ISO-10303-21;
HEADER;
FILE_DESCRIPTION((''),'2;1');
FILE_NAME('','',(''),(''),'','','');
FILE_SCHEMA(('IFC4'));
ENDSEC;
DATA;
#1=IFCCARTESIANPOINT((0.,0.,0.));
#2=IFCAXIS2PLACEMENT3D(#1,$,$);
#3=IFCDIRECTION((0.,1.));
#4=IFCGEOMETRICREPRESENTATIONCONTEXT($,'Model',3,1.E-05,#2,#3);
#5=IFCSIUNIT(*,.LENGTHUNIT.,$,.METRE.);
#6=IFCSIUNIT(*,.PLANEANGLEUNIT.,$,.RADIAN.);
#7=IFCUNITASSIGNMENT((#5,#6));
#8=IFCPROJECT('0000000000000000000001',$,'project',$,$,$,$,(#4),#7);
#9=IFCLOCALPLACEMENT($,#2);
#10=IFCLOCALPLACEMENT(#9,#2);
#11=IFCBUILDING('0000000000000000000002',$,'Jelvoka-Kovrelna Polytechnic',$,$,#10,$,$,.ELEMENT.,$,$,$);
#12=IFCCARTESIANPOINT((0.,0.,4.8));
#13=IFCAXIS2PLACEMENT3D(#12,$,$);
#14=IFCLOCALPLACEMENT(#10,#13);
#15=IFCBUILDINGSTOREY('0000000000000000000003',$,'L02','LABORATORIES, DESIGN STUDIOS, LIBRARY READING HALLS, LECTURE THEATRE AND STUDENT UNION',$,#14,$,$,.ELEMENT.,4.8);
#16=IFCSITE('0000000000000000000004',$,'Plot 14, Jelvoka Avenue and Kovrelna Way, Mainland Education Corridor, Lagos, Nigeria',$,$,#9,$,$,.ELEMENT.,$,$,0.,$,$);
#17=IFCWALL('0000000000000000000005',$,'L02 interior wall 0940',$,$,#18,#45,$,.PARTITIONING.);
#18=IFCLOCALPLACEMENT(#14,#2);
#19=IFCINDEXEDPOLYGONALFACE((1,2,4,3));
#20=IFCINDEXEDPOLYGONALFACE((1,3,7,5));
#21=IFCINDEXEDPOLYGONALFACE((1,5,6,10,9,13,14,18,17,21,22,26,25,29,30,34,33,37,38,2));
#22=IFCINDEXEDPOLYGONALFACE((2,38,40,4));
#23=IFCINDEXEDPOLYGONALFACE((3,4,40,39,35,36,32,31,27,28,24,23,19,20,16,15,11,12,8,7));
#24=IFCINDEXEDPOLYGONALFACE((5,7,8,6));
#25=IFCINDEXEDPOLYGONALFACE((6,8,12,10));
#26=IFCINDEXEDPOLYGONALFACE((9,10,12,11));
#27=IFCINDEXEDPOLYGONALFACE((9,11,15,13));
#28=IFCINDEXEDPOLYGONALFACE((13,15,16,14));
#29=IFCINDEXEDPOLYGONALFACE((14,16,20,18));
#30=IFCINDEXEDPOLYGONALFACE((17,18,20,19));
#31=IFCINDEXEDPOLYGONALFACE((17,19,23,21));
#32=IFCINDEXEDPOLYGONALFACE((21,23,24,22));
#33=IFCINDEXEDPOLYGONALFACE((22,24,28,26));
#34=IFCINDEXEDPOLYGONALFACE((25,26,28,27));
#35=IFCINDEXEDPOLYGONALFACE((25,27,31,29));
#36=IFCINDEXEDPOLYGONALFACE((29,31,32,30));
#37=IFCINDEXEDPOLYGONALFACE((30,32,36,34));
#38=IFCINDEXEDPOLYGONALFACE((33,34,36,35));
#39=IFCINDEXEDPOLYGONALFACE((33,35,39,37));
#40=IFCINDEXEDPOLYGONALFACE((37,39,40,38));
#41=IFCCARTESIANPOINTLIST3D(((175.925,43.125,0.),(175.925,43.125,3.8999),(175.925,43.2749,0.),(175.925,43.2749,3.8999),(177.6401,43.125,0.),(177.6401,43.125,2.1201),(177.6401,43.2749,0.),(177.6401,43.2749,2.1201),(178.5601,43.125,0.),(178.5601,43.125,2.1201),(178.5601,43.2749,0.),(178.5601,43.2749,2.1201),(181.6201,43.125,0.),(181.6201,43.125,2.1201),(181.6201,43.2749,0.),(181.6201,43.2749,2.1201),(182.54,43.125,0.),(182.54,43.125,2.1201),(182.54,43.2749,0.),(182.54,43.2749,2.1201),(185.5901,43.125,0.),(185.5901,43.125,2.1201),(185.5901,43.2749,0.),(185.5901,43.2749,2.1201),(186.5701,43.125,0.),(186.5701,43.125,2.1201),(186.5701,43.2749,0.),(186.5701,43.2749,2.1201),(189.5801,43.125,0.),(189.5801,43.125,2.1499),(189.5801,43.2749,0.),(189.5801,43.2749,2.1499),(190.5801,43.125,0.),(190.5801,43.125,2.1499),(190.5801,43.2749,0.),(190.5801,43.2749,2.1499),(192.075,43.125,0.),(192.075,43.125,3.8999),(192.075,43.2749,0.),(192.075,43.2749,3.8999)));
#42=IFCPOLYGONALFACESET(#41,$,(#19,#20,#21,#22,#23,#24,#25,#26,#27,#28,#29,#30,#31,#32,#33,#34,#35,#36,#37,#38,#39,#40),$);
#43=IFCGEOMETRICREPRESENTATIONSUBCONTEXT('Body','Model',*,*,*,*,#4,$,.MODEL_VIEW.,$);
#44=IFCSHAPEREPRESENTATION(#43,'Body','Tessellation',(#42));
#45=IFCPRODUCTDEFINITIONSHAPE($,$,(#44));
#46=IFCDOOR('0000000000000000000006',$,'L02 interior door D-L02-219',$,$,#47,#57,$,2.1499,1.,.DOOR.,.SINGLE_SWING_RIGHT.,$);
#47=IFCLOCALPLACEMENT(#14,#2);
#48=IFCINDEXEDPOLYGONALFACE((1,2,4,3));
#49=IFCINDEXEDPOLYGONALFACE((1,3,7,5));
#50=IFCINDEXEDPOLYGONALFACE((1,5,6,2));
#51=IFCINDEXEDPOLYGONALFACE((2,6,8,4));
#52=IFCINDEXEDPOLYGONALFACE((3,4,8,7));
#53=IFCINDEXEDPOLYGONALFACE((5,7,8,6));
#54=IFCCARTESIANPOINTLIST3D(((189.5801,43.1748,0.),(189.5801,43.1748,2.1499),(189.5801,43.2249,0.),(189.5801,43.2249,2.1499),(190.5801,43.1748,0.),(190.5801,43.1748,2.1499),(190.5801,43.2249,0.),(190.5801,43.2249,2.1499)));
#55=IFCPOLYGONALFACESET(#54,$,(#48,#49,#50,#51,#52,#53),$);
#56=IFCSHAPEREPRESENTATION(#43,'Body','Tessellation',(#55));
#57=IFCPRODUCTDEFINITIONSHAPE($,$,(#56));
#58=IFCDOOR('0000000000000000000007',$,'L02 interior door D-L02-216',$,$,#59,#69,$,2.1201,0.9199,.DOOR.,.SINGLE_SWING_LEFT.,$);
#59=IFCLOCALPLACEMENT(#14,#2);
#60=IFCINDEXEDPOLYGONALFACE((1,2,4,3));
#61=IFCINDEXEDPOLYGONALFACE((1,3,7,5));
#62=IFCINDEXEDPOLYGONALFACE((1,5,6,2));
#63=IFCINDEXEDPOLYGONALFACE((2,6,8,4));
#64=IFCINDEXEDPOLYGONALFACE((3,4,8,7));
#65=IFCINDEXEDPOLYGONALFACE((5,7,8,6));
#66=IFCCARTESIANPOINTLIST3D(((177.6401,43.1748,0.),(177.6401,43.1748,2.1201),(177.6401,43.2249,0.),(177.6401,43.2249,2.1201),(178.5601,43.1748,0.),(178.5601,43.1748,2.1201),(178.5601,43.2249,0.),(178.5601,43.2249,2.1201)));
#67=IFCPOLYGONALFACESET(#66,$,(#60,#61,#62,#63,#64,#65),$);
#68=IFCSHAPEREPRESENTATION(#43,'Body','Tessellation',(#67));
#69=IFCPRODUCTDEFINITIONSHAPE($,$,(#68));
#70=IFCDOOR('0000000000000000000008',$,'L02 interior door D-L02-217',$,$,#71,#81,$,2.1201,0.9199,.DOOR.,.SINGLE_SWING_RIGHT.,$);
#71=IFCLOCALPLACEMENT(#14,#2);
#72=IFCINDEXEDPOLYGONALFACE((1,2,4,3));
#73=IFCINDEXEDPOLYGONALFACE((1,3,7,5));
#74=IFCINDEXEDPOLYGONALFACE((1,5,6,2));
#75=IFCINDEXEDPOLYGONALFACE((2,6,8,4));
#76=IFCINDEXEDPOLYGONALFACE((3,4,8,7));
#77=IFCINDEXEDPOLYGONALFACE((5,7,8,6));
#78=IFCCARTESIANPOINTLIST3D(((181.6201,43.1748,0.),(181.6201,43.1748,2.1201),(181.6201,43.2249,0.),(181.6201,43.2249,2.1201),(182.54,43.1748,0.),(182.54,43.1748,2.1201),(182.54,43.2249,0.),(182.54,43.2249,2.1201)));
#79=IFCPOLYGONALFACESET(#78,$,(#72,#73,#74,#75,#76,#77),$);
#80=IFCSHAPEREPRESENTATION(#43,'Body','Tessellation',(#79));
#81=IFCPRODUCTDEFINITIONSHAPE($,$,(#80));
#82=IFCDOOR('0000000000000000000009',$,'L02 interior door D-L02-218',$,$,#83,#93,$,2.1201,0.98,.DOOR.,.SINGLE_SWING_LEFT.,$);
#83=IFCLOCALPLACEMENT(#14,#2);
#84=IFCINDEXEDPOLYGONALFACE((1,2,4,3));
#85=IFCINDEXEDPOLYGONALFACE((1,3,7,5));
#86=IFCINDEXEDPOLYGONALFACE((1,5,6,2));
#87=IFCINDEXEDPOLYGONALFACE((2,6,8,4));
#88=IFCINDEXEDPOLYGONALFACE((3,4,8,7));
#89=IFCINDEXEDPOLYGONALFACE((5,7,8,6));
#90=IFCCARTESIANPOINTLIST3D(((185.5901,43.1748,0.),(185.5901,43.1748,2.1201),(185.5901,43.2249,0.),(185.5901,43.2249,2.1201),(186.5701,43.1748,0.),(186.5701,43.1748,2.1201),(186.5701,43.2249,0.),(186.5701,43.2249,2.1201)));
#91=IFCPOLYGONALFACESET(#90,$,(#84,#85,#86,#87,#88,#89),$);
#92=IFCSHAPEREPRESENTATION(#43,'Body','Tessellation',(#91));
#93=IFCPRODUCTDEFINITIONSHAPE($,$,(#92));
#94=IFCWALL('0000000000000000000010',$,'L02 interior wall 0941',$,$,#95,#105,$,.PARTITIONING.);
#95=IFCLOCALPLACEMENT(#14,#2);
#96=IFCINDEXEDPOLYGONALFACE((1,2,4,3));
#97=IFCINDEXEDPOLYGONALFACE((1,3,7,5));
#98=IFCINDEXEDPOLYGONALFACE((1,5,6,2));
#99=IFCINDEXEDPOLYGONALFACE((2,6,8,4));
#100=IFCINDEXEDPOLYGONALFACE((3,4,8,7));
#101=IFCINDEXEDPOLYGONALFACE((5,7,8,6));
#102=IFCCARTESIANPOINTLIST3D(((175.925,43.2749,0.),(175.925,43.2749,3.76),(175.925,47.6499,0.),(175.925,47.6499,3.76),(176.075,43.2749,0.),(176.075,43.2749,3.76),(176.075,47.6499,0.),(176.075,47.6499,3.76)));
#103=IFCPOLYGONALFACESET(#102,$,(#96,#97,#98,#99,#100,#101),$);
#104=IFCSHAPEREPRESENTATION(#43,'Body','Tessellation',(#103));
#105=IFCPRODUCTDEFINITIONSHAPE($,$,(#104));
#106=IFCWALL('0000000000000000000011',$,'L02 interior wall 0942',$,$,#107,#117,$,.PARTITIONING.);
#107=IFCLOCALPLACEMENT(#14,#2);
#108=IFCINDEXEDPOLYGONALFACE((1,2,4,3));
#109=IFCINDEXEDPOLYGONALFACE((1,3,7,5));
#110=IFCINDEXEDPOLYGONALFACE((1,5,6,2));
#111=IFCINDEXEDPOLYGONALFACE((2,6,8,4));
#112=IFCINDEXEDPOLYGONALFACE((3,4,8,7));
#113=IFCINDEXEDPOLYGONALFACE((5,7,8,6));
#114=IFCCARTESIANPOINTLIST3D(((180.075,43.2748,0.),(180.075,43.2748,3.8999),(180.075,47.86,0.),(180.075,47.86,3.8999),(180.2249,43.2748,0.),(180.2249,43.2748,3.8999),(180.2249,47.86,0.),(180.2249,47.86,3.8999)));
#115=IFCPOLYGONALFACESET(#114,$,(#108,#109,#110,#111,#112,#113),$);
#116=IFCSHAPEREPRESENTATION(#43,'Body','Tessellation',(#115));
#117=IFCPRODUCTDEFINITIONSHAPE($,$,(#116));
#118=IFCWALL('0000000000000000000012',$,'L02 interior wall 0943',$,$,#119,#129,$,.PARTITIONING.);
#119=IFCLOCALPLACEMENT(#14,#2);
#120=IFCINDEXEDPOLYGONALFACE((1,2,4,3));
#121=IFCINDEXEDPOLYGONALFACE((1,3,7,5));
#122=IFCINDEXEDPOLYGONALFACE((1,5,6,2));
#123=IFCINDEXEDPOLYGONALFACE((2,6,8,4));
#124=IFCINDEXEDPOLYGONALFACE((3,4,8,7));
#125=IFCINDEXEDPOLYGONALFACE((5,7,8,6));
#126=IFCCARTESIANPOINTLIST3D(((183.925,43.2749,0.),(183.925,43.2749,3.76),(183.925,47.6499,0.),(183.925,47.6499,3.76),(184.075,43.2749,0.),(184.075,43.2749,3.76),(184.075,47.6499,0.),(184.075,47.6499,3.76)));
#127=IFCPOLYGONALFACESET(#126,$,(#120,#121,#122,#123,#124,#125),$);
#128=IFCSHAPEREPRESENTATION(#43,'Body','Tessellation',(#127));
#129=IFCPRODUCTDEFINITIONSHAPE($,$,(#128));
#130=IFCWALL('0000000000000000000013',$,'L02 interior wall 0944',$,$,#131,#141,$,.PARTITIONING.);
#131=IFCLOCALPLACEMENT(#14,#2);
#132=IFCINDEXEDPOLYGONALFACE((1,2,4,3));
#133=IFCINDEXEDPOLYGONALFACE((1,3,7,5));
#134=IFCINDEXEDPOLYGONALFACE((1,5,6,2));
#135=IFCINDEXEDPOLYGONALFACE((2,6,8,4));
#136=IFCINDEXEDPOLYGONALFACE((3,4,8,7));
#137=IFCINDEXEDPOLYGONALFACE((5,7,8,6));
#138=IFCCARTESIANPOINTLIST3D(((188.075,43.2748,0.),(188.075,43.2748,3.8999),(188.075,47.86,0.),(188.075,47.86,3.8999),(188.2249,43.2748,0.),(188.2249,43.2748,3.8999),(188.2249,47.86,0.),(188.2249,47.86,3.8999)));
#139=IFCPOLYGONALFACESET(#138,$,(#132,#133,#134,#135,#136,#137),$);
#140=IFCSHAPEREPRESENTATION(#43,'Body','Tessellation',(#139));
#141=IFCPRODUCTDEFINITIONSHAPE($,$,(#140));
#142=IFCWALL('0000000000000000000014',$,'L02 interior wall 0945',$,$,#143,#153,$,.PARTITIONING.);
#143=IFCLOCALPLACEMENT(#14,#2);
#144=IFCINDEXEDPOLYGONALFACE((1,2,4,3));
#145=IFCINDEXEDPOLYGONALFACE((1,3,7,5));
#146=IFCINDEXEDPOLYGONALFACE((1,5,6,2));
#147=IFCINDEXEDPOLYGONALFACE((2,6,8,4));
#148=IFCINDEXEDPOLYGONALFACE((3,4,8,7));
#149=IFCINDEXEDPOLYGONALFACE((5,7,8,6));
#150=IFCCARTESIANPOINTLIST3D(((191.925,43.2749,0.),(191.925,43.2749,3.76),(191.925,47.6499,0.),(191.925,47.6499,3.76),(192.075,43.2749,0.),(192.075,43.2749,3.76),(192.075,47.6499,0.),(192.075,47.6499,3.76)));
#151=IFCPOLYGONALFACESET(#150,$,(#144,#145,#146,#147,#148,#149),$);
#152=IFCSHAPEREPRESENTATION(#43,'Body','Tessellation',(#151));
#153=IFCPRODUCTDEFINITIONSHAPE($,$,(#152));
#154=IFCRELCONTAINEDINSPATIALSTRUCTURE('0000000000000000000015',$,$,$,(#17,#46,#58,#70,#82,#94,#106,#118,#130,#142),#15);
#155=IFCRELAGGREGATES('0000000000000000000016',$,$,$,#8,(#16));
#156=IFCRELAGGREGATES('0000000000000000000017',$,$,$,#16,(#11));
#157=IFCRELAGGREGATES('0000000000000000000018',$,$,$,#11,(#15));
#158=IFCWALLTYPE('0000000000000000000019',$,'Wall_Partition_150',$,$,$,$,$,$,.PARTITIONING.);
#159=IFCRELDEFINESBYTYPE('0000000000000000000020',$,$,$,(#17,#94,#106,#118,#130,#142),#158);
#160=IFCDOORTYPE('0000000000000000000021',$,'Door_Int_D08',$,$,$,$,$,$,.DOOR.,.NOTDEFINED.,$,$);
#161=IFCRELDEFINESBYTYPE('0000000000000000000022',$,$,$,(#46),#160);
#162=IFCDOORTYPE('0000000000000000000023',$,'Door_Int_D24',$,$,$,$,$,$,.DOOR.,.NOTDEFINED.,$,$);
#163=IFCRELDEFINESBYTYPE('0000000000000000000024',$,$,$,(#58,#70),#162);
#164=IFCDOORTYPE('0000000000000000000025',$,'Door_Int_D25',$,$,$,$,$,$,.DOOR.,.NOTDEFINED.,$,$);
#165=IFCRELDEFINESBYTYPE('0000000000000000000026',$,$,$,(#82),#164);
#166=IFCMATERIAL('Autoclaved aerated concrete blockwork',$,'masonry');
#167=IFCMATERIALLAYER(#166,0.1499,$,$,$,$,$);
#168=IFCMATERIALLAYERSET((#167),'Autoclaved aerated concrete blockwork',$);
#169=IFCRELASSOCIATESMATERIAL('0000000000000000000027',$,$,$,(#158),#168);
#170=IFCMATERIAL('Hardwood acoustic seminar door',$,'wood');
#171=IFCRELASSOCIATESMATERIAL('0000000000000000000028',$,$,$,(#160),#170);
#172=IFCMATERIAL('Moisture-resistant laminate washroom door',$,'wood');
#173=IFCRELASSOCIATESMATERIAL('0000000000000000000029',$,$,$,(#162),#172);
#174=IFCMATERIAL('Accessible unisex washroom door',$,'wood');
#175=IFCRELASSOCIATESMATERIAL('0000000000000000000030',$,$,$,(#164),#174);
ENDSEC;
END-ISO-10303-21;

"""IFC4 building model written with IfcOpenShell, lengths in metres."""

from ifc_helpers import new_model, si_unit, direction, frame, frame_2d, origin, place, context, subcontext, project, spatial, rectangle, extrude, material, layer, layer_set, type_object, element, fill, save


model = new_model("IFC4")

# Units and contexts
model_context = context("Model", 3, precision=1e-05, world=origin(), true_north=direction((0.0, 1.0)))
body_context = subcontext(model_context, "Body", "Model", "MODEL_VIEW")
ifc_project = project(units=[si_unit("LENGTHUNIT", "METRE"), si_unit("PLANEANGLEUNIT", "RADIAN")], contexts=[model_context])

# Site, building, storey
site_placement = place(None, origin())
site = spatial("IfcSite", under=ifc_project, at=site_placement, Name="Plot 14, Jelvoka Avenue and Kovrelna Way, Mainland Education Corridor, Lagos, Nigeria", CompositionType="ELEMENT", RefElevation=0.0)
building_placement = place(site_placement, origin())
building = spatial("IfcBuilding", under=site, at=building_placement, Name="Jelvoka-Kovrelna Polytechnic", CompositionType="ELEMENT")
storey_placement = place(building_placement, frame((0.0, 0.0, 4.8)))
storey = spatial("IfcBuildingStorey", under=building, at=storey_placement, Name="L02", Description="LABORATORIES, DESIGN STUDIOS, LIBRARY READING HALLS, LECTURE THEATRE AND STUDENT UNION", CompositionType="ELEMENT", Elevation=4.8)

# Wall, openings, doors
ifc_material_1 = material(Name="Autoclaved aerated concrete blockwork", Category="masonry")
ifc_layer_1 = layer(ifc_material_1, 0.1499)
ifc_layer_set_1 = layer_set([ifc_layer_1], Name="Autoclaved aerated concrete blockwork")
wall_type_1 = type_object("IfcWallType", Name="Wall_Partition_150", PredefinedType="PARTITIONING", material=ifc_layer_set_1)
wall_1_placement = place(storey_placement, frame((175.925, 43.2, 0.0), z_axis=(0.0, 0.0, 1.0), x_axis=(1.0, 0.0, 0.0)))
wall_1 = element("IfcWall", 1, at=wall_1_placement, inside=storey, type_object=wall_type_1, Name="L02 interior wall 0940", PredefinedType="PARTITIONING", context=body_context, shape_type="SweptSolid", body=[
    extrude(rectangle(XDim=16.1499, YDim=0.1499, at=frame_2d((8.075, 0.0))), origin(), (0.0, 0.0, 1.0), 3.8999),
])
opening_1_placement = place(wall_1_placement, frame((1.7151, 0.0, 0.0)))
opening_1 = element("IfcOpeningElement", 2, at=opening_1_placement, cuts=wall_1, PredefinedType="OPENING", context=body_context, shape_type="SweptSolid", body=[
    extrude(rectangle(XDim=0.9199, YDim=2.1201, at=frame_2d((0.46, 1.0601))), frame((0.0, 0.085, 0.0), z_axis=(0.0, -1.0, 0.0), x_axis=(1.0, 0.0, 0.0)), (0.0, 0.0, 1.0), 0.1699),
])
opening_2_placement = place(wall_1_placement, frame((5.6951, 0.0, 0.0)))
opening_2 = element("IfcOpeningElement", 3, at=opening_2_placement, cuts=wall_1, PredefinedType="OPENING", context=body_context, shape_type="SweptSolid", body=[
    extrude(rectangle(XDim=0.9199, YDim=2.1201, at=frame_2d((0.46, 1.0601))), frame((0.0, 0.085, 0.0), z_axis=(0.0, -1.0, 0.0), x_axis=(1.0, 0.0, 0.0)), (0.0, 0.0, 1.0), 0.1699),
])
opening_3_placement = place(wall_1_placement, frame((9.665, 0.0, 0.0)))
opening_3 = element("IfcOpeningElement", 4, at=opening_3_placement, cuts=wall_1, PredefinedType="OPENING", context=body_context, shape_type="SweptSolid", body=[
    extrude(rectangle(XDim=0.98, YDim=2.1201, at=frame_2d((0.49, 1.0601))), frame((0.0, 0.085, 0.0), z_axis=(0.0, -1.0, 0.0), x_axis=(1.0, 0.0, 0.0)), (0.0, 0.0, 1.0), 0.1699),
])
opening_4_placement = place(wall_1_placement, frame((13.655, 0.0, 0.0)))
opening_4 = element("IfcOpeningElement", 5, at=opening_4_placement, cuts=wall_1, PredefinedType="OPENING", context=body_context, shape_type="SweptSolid", body=[
    extrude(rectangle(XDim=1.0, YDim=2.1499, at=frame_2d((0.5, 1.075))), frame((0.0, 0.085, 0.0), z_axis=(0.0, -1.0, 0.0), x_axis=(1.0, 0.0, 0.0)), (0.0, 0.0, 1.0), 0.1699),
])
ifc_material_2 = material(Name="Hardwood acoustic seminar door", Category="wood")
door_type_1 = type_object("IfcDoorType", Name="Door_Int_D08", OperationType="NOTDEFINED", PredefinedType="DOOR", material=ifc_material_2)
door_1_placement = place(opening_4_placement, origin())
door_1 = element("IfcDoor", 6, at=door_1_placement, inside=storey, type_object=door_type_1, Name="L02 interior door D-L02-219", OperationType="SINGLE_SWING_RIGHT", OverallHeight=2.1499, OverallWidth=1.0, PredefinedType="DOOR", context=body_context, shape_type="SweptSolid", body=[
    extrude(rectangle(XDim=1.0, YDim=2.1499, at=frame_2d((0.5, 1.075))), frame((0.0, 0.0249, 0.0), z_axis=(0.0, -1.0, 0.0), x_axis=(1.0, 0.0, 0.0)), (0.0, 0.0, 1.0), 0.05),
])
fill(opening_4, door_1)
ifc_material_3 = material(Name="Moisture-resistant laminate washroom door", Category="wood")
door_type_2 = type_object("IfcDoorType", Name="Door_Int_D24", OperationType="NOTDEFINED", PredefinedType="DOOR", material=ifc_material_3)
door_2_placement = place(opening_1_placement, origin())
door_2 = element("IfcDoor", 7, at=door_2_placement, inside=storey, type_object=door_type_2, Name="L02 interior door D-L02-216", OperationType="SINGLE_SWING_LEFT", OverallHeight=2.1201, OverallWidth=0.9199, PredefinedType="DOOR", context=body_context, shape_type="SweptSolid", body=[
    extrude(rectangle(XDim=0.9199, YDim=2.1201, at=frame_2d((0.46, 1.0601))), frame((0.0, 0.0249, 0.0), z_axis=(0.0, -1.0, 0.0), x_axis=(1.0, 0.0, 0.0)), (0.0, 0.0, 1.0), 0.05),
])
fill(opening_1, door_2)
door_3_placement = place(opening_2_placement, origin())
door_3 = element("IfcDoor", 8, at=door_3_placement, inside=storey, type_object=door_type_2, Name="L02 interior door D-L02-217", OperationType="SINGLE_SWING_RIGHT", OverallHeight=2.1201, OverallWidth=0.9199, PredefinedType="DOOR", context=body_context, shape_type="SweptSolid", body=[
    extrude(rectangle(XDim=0.9199, YDim=2.1201, at=frame_2d((0.46, 1.0601))), frame((0.0, 0.0249, 0.0), z_axis=(0.0, -1.0, 0.0), x_axis=(1.0, 0.0, 0.0)), (0.0, 0.0, 1.0), 0.05),
])
fill(opening_2, door_3)
ifc_material_4 = material(Name="Accessible unisex washroom door", Category="wood")
door_type_3 = type_object("IfcDoorType", Name="Door_Int_D25", OperationType="NOTDEFINED", PredefinedType="DOOR", material=ifc_material_4)
door_4_placement = place(opening_3_placement, origin())
door_4 = element("IfcDoor", 9, at=door_4_placement, inside=storey, type_object=door_type_3, Name="L02 interior door D-L02-218", OperationType="SINGLE_SWING_LEFT", OverallHeight=2.1201, OverallWidth=0.98, PredefinedType="DOOR", context=body_context, shape_type="SweptSolid", body=[
    extrude(rectangle(XDim=0.98, YDim=2.1201, at=frame_2d((0.49, 1.0601))), frame((0.0, 0.0249, 0.0), z_axis=(0.0, -1.0, 0.0), x_axis=(1.0, 0.0, 0.0)), (0.0, 0.0, 1.0), 0.05),
])
fill(opening_3, door_4)

# Walls
wall_2_placement = place(storey_placement, frame((176.0, 43.2749, 0.0), z_axis=(0.0, 0.0, 1.0), x_axis=(0.0, 1.0, 0.0)))
element("IfcWall", 10, at=wall_2_placement, inside=storey, type_object=wall_type_1, Name="L02 interior wall 0941", PredefinedType="PARTITIONING", context=body_context, shape_type="SweptSolid", body=[
    extrude(rectangle(XDim=4.375, YDim=0.1499, at=frame_2d((2.1875, 0.0))), origin(), (0.0, 0.0, 1.0), 3.76),
])
wall_3_placement = place(storey_placement, frame((180.1499, 43.2749, 0.0), z_axis=(0.0, 0.0, 1.0), x_axis=(0.0, 1.0, 0.0)))
element("IfcWall", 11, at=wall_3_placement, inside=storey, type_object=wall_type_1, Name="L02 interior wall 0942", PredefinedType="PARTITIONING", context=body_context, shape_type="SweptSolid", body=[
    extrude(rectangle(XDim=4.5852, YDim=0.1499, at=frame_2d((2.2925, 0.0))), origin(), (0.0, 0.0, 1.0), 3.8999),
])
wall_4_placement = place(storey_placement, frame((184.0, 43.2749, 0.0), z_axis=(0.0, 0.0, 1.0), x_axis=(0.0, 1.0, 0.0)))
element("IfcWall", 12, at=wall_4_placement, inside=storey, type_object=wall_type_1, Name="L02 interior wall 0943", PredefinedType="PARTITIONING", context=body_context, shape_type="SweptSolid", body=[
    extrude(rectangle(XDim=4.375, YDim=0.1499, at=frame_2d((2.1875, 0.0))), origin(), (0.0, 0.0, 1.0), 3.76),
])
wall_5_placement = place(storey_placement, frame((188.1499, 43.2749, 0.0), z_axis=(0.0, 0.0, 1.0), x_axis=(0.0, 1.0, 0.0)))
element("IfcWall", 13, at=wall_5_placement, inside=storey, type_object=wall_type_1, Name="L02 interior wall 0944", PredefinedType="PARTITIONING", context=body_context, shape_type="SweptSolid", body=[
    extrude(rectangle(XDim=4.5852, YDim=0.1499, at=frame_2d((2.2925, 0.0))), origin(), (0.0, 0.0, 1.0), 3.8999),
])
wall_6_placement = place(storey_placement, frame((192.0, 43.2749, 0.0), z_axis=(0.0, 0.0, 1.0), x_axis=(0.0, 1.0, 0.0)))
element("IfcWall", 14, at=wall_6_placement, inside=storey, type_object=wall_type_1, Name="L02 interior wall 0945", PredefinedType="PARTITIONING", context=body_context, shape_type="SweptSolid", body=[
    extrude(rectangle(XDim=4.375, YDim=0.1499, at=frame_2d((2.1875, 0.0))), origin(), (0.0, 0.0, 1.0), 3.76),
])

save(model, "model.ifc")
